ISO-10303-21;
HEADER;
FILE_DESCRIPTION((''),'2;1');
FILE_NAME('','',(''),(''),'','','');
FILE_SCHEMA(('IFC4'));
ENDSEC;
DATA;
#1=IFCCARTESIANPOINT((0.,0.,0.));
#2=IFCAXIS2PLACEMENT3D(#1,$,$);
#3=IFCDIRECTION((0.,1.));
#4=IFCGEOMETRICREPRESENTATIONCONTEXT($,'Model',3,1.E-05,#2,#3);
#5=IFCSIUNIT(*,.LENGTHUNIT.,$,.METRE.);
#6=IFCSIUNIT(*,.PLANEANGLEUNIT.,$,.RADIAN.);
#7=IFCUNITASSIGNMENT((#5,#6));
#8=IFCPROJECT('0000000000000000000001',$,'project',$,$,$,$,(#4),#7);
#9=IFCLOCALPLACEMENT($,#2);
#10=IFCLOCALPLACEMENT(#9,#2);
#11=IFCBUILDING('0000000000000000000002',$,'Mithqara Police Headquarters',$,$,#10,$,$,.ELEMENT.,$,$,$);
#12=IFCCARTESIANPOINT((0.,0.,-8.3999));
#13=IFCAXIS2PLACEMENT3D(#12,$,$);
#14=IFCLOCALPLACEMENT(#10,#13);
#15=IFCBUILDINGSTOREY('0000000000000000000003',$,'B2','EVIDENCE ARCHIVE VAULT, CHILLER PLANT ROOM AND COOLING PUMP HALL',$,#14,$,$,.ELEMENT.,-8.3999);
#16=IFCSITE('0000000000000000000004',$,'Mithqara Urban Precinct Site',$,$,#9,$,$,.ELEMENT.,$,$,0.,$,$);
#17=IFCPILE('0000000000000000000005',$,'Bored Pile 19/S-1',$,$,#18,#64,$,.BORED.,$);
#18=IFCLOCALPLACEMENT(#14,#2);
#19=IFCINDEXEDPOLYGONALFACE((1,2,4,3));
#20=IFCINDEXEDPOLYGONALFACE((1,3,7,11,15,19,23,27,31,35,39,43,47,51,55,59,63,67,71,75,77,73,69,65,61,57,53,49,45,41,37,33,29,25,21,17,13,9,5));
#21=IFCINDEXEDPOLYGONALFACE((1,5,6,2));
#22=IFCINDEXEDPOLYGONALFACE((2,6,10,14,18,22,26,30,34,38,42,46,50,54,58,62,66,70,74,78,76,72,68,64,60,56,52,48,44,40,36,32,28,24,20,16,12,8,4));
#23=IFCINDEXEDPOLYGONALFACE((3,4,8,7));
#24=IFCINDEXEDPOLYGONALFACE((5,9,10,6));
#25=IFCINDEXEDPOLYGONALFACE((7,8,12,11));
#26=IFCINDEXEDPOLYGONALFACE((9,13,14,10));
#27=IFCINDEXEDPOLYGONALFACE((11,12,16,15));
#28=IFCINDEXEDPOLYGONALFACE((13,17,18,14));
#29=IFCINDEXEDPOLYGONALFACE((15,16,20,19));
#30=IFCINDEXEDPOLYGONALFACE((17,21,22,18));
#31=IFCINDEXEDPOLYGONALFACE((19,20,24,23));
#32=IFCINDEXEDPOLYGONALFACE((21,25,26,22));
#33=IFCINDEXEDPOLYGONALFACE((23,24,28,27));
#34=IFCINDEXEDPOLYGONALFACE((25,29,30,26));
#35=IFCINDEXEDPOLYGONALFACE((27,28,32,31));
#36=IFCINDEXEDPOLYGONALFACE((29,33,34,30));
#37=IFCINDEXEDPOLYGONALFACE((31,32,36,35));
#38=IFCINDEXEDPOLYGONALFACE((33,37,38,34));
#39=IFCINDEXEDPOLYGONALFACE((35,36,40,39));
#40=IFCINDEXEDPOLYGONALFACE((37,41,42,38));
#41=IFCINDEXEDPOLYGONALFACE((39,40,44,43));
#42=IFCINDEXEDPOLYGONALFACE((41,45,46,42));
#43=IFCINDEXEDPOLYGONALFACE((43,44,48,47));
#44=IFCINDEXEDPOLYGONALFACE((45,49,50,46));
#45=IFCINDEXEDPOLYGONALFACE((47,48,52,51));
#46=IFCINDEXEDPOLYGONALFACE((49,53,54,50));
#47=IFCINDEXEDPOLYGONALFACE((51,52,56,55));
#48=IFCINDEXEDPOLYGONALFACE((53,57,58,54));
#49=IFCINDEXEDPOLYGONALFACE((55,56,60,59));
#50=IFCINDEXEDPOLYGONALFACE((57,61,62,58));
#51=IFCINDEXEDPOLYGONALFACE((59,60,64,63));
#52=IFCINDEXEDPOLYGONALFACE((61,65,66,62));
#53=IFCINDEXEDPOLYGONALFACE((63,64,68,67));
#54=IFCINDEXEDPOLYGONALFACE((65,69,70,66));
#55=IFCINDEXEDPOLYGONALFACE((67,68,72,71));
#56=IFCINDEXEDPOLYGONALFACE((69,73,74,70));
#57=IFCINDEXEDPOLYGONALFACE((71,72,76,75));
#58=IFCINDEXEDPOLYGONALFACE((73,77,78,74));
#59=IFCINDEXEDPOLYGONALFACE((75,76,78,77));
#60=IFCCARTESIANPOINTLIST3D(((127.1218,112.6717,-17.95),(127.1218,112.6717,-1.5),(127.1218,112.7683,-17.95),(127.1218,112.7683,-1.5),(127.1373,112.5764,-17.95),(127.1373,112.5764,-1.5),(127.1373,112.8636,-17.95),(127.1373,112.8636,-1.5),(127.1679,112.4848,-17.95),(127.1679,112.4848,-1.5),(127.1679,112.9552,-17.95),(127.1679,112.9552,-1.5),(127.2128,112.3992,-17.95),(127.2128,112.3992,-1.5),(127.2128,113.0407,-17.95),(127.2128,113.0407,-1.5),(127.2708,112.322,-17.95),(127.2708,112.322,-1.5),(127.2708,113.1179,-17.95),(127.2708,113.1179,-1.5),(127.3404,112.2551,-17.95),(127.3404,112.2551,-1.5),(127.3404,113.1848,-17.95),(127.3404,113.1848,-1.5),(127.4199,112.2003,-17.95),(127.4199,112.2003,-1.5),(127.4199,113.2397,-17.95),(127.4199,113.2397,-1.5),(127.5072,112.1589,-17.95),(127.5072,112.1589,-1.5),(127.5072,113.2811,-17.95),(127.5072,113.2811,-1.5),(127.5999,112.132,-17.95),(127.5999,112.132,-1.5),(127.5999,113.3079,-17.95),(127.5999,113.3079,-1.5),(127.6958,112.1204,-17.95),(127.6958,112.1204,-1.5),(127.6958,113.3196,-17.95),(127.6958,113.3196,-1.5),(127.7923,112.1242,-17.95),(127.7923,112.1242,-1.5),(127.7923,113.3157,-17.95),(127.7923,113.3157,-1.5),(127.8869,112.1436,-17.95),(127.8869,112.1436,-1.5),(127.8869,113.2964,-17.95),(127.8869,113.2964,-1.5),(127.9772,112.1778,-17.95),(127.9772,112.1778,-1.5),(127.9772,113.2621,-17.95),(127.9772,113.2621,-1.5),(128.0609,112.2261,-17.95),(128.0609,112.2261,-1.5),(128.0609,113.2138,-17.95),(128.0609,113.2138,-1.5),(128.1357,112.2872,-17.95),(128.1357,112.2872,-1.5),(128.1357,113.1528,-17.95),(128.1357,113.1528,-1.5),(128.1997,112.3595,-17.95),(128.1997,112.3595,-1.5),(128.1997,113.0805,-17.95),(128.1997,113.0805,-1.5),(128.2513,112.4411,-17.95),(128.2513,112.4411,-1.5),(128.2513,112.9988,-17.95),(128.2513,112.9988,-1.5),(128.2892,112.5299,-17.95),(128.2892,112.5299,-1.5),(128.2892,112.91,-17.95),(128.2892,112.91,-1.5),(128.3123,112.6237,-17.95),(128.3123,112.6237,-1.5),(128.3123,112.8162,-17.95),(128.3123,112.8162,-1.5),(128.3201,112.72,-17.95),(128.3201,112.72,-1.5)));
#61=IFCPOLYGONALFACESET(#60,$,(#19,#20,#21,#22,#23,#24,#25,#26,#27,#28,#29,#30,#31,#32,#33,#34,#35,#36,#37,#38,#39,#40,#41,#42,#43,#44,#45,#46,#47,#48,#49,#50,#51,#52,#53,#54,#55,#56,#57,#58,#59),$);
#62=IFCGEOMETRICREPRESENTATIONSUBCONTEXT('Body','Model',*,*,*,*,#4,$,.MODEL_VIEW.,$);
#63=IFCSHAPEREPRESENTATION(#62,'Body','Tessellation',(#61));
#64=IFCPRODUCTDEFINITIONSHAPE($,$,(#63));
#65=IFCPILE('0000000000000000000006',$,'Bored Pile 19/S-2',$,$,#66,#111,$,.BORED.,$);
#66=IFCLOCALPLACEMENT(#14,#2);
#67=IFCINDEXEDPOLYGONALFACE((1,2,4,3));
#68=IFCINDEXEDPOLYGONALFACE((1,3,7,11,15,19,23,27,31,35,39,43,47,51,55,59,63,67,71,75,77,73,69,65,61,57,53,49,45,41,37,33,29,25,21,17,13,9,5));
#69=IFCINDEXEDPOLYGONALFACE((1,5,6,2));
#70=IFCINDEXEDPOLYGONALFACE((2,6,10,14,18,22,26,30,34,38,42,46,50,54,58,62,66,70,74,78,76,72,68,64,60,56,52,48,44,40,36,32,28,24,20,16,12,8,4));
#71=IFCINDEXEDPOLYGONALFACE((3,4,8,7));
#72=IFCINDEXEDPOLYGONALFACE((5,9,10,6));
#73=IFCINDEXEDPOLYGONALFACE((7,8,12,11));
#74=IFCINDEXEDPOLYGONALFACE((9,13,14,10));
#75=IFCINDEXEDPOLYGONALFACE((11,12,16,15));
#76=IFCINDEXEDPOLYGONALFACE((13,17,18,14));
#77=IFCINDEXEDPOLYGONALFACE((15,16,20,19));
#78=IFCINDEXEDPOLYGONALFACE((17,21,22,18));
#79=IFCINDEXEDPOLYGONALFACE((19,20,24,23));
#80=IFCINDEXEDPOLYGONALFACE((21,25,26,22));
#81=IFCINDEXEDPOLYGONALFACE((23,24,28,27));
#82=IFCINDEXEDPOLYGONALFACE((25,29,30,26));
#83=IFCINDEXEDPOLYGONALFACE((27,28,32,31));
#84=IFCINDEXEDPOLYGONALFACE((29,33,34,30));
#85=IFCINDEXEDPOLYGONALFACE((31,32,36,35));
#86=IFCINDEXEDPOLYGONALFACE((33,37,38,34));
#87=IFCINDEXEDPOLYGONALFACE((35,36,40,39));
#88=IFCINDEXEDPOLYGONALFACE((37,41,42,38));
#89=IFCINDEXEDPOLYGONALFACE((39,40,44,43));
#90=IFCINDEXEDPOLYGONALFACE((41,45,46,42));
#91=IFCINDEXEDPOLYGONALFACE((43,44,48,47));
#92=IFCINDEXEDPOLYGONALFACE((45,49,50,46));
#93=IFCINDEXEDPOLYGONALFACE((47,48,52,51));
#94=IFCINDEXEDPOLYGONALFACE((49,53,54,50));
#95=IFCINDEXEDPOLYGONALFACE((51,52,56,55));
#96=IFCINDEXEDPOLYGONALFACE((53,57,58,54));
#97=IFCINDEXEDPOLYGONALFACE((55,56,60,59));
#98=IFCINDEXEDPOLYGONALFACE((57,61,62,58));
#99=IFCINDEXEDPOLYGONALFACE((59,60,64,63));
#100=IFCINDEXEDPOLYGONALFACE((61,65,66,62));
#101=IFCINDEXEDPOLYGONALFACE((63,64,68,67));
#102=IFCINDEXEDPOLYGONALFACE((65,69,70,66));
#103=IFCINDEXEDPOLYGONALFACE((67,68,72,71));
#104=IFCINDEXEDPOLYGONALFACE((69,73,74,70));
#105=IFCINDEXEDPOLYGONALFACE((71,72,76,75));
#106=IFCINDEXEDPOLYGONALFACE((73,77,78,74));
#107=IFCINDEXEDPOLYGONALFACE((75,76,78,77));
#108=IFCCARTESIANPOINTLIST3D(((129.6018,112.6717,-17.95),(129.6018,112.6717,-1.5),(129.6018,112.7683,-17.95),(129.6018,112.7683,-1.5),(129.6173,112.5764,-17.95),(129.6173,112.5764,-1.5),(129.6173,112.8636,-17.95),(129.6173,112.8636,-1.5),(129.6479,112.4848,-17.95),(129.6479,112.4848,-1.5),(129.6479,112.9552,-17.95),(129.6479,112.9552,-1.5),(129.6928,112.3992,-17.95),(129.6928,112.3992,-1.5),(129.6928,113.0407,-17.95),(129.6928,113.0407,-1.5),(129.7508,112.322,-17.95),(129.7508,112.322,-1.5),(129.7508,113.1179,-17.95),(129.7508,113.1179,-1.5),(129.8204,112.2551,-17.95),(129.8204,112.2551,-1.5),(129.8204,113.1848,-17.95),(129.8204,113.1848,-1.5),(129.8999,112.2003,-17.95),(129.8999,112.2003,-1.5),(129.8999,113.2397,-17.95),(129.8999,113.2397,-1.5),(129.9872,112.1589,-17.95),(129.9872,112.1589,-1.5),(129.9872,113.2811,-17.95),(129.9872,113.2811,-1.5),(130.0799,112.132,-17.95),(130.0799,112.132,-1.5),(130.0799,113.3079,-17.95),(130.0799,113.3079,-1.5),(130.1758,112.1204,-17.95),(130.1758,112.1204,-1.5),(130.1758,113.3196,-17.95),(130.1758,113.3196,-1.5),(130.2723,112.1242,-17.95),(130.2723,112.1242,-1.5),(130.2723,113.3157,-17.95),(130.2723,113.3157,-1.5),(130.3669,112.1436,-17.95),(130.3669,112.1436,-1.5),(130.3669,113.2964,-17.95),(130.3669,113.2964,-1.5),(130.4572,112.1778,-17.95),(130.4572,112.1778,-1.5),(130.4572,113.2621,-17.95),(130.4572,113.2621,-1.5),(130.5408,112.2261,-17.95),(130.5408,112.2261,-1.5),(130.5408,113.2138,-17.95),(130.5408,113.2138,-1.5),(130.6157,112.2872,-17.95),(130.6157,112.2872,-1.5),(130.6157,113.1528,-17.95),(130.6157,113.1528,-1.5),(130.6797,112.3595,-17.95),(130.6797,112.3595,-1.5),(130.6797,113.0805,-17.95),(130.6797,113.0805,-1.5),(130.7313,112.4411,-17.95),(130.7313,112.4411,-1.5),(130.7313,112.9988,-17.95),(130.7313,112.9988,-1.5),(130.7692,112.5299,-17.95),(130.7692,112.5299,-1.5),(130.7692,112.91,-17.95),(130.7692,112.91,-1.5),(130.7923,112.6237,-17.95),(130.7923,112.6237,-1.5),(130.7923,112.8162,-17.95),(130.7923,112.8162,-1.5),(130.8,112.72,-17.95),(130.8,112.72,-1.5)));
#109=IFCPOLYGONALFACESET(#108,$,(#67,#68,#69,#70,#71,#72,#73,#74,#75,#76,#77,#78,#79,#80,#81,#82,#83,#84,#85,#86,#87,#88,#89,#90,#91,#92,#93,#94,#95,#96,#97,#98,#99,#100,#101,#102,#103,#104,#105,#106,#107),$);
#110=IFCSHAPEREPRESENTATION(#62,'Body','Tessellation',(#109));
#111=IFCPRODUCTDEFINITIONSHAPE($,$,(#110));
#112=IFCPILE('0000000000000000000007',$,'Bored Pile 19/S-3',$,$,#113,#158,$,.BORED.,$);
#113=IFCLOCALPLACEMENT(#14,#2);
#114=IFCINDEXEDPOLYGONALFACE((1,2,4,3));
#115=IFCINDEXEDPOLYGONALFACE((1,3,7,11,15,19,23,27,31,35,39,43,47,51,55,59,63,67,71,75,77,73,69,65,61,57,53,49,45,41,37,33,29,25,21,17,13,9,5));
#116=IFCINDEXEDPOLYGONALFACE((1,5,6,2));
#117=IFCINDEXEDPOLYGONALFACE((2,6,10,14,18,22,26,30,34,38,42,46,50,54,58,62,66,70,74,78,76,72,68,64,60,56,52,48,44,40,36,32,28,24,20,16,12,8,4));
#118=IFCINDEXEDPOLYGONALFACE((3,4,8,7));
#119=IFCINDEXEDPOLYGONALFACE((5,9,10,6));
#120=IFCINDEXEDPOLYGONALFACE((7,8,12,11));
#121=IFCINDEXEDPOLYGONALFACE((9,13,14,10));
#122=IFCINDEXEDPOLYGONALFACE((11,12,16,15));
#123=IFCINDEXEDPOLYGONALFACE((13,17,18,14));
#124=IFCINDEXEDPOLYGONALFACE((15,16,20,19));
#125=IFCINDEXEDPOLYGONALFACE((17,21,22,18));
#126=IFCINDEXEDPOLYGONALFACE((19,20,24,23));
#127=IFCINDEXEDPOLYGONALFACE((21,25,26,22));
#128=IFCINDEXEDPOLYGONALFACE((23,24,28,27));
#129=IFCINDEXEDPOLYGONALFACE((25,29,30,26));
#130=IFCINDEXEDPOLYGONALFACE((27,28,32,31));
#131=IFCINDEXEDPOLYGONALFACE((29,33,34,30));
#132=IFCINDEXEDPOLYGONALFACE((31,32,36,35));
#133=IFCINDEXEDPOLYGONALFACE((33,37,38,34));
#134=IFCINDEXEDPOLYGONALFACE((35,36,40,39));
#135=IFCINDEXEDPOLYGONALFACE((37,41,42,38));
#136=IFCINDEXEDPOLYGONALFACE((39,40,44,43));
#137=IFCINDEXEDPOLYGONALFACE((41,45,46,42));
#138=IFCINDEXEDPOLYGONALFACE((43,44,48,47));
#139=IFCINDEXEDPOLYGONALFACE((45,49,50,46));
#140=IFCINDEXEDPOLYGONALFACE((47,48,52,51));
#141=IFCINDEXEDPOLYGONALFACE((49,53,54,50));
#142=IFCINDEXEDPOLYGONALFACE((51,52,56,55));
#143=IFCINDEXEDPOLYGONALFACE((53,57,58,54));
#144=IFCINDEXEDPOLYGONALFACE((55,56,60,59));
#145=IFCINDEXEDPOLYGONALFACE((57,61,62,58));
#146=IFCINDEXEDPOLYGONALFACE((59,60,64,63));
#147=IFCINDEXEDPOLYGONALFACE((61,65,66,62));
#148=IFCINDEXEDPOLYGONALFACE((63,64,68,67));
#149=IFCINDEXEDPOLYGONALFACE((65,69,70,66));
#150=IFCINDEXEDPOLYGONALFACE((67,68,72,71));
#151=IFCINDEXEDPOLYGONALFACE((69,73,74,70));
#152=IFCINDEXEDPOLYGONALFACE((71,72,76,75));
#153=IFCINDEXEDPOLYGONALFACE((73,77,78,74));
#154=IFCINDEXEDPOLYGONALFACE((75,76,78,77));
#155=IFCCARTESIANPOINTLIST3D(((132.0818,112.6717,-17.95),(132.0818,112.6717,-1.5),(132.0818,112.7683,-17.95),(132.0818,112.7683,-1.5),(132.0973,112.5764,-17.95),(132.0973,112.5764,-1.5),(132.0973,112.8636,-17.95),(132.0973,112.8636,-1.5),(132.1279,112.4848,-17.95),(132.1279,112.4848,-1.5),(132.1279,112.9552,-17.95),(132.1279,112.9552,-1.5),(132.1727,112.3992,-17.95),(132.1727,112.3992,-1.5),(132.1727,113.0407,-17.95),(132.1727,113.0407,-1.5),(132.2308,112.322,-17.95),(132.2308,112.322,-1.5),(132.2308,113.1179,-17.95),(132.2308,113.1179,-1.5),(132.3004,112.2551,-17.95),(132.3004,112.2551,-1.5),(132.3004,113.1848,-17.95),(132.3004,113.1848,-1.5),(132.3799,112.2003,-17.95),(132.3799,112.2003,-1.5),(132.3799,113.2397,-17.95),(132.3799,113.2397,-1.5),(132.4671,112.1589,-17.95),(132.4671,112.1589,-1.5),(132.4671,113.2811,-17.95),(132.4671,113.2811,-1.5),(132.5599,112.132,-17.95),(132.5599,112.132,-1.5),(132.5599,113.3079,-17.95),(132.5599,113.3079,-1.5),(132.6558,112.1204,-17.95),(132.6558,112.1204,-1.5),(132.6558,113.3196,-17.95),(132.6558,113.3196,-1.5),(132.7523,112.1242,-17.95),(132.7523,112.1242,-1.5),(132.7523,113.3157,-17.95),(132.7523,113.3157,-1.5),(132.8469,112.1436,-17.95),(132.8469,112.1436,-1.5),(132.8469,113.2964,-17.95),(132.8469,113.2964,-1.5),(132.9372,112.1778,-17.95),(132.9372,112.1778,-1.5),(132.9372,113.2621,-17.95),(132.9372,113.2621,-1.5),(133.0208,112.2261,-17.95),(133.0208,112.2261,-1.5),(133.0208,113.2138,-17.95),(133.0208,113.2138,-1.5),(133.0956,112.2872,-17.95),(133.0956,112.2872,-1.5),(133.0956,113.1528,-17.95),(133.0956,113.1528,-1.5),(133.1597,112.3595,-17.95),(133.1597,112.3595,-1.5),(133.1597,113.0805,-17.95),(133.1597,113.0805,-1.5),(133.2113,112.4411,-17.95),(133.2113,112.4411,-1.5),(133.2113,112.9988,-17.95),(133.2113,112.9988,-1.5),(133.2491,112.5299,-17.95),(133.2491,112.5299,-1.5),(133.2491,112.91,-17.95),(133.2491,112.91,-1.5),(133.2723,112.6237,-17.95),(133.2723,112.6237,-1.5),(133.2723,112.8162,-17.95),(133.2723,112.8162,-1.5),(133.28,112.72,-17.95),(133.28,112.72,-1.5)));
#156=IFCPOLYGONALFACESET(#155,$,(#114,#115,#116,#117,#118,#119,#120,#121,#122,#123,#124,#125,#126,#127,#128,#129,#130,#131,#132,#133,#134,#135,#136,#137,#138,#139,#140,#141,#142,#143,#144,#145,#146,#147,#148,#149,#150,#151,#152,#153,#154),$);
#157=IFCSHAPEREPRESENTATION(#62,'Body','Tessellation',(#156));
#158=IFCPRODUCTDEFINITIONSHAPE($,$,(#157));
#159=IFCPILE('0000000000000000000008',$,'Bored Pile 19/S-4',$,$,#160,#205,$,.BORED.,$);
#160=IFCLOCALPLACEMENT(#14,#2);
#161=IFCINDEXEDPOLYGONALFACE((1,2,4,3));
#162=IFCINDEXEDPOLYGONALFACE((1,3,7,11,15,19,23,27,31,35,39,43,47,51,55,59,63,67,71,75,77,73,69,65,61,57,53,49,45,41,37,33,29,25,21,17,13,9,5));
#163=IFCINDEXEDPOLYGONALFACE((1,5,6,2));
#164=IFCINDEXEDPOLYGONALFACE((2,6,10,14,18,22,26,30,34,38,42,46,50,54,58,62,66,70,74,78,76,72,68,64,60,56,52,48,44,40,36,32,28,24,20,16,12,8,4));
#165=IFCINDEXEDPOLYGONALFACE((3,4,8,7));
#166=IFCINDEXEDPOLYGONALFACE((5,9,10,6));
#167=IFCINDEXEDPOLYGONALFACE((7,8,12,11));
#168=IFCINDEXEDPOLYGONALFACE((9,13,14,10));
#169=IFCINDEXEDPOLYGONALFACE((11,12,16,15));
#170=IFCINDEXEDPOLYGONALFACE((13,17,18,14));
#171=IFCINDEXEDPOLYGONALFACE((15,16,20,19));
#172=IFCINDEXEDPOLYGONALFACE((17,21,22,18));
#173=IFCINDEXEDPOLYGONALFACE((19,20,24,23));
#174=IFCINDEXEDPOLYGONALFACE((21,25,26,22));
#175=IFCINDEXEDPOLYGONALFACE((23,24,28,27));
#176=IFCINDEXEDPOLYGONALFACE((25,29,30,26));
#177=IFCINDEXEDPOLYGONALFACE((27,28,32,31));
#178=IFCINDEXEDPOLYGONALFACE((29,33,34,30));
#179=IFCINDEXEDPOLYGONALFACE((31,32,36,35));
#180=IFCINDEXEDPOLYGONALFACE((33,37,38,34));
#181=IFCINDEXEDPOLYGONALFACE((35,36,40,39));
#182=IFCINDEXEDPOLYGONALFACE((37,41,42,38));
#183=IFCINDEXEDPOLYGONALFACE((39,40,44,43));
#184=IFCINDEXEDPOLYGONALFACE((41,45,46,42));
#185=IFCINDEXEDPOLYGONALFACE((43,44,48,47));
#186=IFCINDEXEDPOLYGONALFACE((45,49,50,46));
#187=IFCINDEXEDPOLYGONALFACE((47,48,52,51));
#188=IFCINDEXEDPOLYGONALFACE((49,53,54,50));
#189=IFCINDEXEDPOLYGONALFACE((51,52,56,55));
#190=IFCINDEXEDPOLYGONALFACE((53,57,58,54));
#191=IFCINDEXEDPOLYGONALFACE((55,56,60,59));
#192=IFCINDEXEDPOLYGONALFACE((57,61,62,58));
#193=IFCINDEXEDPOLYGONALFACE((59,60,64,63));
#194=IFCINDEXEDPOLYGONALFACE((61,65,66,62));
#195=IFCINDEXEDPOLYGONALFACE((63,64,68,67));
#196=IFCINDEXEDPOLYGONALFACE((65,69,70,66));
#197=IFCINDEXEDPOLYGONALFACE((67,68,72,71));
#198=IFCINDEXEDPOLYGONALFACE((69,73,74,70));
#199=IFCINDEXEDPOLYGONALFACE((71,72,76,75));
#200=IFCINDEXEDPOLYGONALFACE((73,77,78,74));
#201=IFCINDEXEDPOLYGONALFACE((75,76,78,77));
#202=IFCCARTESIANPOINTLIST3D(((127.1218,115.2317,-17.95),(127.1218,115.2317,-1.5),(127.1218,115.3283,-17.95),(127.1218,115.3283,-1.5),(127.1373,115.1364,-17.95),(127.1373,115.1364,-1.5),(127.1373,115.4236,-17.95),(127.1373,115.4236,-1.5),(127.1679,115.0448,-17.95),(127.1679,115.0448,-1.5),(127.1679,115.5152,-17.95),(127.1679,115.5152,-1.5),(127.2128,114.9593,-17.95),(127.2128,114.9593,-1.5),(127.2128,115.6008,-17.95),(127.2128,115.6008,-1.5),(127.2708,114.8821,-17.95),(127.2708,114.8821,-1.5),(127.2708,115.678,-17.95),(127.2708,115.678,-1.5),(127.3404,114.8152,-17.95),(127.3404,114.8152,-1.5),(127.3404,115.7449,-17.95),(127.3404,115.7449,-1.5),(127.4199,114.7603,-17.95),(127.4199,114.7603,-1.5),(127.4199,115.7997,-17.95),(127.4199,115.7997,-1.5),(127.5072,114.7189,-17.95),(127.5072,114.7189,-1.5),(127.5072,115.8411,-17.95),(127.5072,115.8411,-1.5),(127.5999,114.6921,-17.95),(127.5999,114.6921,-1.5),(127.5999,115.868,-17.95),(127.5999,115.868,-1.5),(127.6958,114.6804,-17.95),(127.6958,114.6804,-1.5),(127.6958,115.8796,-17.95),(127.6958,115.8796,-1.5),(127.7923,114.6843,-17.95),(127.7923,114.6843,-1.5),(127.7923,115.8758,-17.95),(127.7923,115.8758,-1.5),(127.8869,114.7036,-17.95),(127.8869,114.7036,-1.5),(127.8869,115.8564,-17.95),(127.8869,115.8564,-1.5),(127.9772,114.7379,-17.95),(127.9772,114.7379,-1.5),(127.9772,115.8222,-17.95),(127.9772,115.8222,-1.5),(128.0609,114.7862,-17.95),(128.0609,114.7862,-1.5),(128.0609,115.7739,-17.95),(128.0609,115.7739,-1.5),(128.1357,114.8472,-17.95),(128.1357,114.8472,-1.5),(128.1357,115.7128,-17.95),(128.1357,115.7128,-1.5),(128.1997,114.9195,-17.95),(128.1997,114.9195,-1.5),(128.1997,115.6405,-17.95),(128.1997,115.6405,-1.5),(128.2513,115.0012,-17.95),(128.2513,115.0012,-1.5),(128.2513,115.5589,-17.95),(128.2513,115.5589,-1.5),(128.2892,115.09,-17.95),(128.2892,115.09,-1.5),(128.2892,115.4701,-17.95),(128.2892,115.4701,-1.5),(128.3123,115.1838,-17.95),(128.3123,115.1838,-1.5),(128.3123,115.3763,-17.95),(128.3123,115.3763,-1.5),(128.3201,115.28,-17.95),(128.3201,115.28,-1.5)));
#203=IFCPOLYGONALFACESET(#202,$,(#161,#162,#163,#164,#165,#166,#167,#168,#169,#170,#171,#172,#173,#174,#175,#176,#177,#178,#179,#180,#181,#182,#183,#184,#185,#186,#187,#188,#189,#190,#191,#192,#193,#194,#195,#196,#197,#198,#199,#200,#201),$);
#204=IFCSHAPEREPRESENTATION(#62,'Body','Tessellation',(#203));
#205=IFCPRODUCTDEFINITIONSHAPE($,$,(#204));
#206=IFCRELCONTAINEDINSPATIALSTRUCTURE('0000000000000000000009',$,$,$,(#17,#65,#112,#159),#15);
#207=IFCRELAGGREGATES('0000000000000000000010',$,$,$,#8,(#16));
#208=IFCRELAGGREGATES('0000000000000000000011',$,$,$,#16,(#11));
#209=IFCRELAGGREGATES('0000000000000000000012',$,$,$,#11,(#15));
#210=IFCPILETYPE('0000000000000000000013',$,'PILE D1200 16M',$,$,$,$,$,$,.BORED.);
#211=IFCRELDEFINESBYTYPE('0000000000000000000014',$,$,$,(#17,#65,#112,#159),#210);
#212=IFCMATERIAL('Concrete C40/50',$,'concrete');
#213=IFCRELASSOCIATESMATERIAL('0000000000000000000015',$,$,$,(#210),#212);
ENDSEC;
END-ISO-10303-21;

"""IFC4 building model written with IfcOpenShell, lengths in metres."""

from ifc_helpers import new_model, si_unit, direction, frame, origin, origin_2d, place, context, subcontext, project, spatial, circle, extrude, material, material_profile, profile_set, type_object, element, save


model = new_model("IFC4")

# Units and contexts
model_context = context("Model", 3, precision=1e-05, world=origin(), true_north=direction((0.0, 1.0)))
body_context = subcontext(model_context, "Body", "Model", "MODEL_VIEW")
ifc_project = project(units=[si_unit("LENGTHUNIT", "METRE"), si_unit("PLANEANGLEUNIT", "RADIAN")], contexts=[model_context])

# Site, building, storey
site_placement = place(None, origin())
site = spatial("IfcSite", under=ifc_project, at=site_placement, Name="Mithqara Urban Precinct Site", CompositionType="ELEMENT", RefElevation=0.0)
building_placement = place(site_placement, origin())
building = spatial("IfcBuilding", under=site, at=building_placement, Name="Mithqara Police Headquarters", CompositionType="ELEMENT")
storey_placement = place(building_placement, frame((0.0, 0.0, -8.3999)))
storey = spatial("IfcBuildingStorey", under=building, at=storey_placement, Name="B2", Description="EVIDENCE ARCHIVE VAULT, CHILLER PLANT ROOM AND COOLING PUMP HALL", CompositionType="ELEMENT", Elevation=-8.3999)

# Shared definitions
ifc_material_1 = material(Name="Concrete C40/50", Category="concrete")

# Piles
ifc_material_profile_1 = material_profile(ifc_material_1, circle(Radius=0.6001, at=origin_2d()), Name="PILE D1200")
ifc_profile_set_1 = profile_set([ifc_material_profile_1], Name="Concrete C40/50")
pile_type = type_object("IfcPileType", Name="PILE D1200 16M", PredefinedType="BORED", material=ifc_profile_set_1)
for number, where, z_axis, x_axis, name in (
    (1, (127.72, 112.72, -1.5), (0.0, 0.0, -1.0), (1.0, 0.0, 0.0), "Bored Pile 19/S-1"),
    (2, (130.2, 112.72, -1.5), (0.0, 0.0, -1.0), (1.0, 0.0, 0.0), "Bored Pile 19/S-2"),
    (3, (132.6799, 112.72, -1.5), (0.0, 0.0, -1.0), (1.0, 0.0, 0.0), "Bored Pile 19/S-3"),
    (4, (127.72, 115.28, -1.5), (0.0, 0.0, -1.0), (1.0, 0.0, 0.0), "Bored Pile 19/S-4"),
):
    element("IfcPile", number, at=place(storey_placement, frame(where, z_axis=z_axis, x_axis=x_axis)), inside=storey, type_object=pile_type, Name=name, PredefinedType="BORED", context=body_context, shape_type="SweptSolid", body=[
        extrude(circle(Radius=0.6001, at=origin_2d()), origin(), (0.0, 0.0, 1.0), 16.45),
    ])

save(model, "model.ifc")
